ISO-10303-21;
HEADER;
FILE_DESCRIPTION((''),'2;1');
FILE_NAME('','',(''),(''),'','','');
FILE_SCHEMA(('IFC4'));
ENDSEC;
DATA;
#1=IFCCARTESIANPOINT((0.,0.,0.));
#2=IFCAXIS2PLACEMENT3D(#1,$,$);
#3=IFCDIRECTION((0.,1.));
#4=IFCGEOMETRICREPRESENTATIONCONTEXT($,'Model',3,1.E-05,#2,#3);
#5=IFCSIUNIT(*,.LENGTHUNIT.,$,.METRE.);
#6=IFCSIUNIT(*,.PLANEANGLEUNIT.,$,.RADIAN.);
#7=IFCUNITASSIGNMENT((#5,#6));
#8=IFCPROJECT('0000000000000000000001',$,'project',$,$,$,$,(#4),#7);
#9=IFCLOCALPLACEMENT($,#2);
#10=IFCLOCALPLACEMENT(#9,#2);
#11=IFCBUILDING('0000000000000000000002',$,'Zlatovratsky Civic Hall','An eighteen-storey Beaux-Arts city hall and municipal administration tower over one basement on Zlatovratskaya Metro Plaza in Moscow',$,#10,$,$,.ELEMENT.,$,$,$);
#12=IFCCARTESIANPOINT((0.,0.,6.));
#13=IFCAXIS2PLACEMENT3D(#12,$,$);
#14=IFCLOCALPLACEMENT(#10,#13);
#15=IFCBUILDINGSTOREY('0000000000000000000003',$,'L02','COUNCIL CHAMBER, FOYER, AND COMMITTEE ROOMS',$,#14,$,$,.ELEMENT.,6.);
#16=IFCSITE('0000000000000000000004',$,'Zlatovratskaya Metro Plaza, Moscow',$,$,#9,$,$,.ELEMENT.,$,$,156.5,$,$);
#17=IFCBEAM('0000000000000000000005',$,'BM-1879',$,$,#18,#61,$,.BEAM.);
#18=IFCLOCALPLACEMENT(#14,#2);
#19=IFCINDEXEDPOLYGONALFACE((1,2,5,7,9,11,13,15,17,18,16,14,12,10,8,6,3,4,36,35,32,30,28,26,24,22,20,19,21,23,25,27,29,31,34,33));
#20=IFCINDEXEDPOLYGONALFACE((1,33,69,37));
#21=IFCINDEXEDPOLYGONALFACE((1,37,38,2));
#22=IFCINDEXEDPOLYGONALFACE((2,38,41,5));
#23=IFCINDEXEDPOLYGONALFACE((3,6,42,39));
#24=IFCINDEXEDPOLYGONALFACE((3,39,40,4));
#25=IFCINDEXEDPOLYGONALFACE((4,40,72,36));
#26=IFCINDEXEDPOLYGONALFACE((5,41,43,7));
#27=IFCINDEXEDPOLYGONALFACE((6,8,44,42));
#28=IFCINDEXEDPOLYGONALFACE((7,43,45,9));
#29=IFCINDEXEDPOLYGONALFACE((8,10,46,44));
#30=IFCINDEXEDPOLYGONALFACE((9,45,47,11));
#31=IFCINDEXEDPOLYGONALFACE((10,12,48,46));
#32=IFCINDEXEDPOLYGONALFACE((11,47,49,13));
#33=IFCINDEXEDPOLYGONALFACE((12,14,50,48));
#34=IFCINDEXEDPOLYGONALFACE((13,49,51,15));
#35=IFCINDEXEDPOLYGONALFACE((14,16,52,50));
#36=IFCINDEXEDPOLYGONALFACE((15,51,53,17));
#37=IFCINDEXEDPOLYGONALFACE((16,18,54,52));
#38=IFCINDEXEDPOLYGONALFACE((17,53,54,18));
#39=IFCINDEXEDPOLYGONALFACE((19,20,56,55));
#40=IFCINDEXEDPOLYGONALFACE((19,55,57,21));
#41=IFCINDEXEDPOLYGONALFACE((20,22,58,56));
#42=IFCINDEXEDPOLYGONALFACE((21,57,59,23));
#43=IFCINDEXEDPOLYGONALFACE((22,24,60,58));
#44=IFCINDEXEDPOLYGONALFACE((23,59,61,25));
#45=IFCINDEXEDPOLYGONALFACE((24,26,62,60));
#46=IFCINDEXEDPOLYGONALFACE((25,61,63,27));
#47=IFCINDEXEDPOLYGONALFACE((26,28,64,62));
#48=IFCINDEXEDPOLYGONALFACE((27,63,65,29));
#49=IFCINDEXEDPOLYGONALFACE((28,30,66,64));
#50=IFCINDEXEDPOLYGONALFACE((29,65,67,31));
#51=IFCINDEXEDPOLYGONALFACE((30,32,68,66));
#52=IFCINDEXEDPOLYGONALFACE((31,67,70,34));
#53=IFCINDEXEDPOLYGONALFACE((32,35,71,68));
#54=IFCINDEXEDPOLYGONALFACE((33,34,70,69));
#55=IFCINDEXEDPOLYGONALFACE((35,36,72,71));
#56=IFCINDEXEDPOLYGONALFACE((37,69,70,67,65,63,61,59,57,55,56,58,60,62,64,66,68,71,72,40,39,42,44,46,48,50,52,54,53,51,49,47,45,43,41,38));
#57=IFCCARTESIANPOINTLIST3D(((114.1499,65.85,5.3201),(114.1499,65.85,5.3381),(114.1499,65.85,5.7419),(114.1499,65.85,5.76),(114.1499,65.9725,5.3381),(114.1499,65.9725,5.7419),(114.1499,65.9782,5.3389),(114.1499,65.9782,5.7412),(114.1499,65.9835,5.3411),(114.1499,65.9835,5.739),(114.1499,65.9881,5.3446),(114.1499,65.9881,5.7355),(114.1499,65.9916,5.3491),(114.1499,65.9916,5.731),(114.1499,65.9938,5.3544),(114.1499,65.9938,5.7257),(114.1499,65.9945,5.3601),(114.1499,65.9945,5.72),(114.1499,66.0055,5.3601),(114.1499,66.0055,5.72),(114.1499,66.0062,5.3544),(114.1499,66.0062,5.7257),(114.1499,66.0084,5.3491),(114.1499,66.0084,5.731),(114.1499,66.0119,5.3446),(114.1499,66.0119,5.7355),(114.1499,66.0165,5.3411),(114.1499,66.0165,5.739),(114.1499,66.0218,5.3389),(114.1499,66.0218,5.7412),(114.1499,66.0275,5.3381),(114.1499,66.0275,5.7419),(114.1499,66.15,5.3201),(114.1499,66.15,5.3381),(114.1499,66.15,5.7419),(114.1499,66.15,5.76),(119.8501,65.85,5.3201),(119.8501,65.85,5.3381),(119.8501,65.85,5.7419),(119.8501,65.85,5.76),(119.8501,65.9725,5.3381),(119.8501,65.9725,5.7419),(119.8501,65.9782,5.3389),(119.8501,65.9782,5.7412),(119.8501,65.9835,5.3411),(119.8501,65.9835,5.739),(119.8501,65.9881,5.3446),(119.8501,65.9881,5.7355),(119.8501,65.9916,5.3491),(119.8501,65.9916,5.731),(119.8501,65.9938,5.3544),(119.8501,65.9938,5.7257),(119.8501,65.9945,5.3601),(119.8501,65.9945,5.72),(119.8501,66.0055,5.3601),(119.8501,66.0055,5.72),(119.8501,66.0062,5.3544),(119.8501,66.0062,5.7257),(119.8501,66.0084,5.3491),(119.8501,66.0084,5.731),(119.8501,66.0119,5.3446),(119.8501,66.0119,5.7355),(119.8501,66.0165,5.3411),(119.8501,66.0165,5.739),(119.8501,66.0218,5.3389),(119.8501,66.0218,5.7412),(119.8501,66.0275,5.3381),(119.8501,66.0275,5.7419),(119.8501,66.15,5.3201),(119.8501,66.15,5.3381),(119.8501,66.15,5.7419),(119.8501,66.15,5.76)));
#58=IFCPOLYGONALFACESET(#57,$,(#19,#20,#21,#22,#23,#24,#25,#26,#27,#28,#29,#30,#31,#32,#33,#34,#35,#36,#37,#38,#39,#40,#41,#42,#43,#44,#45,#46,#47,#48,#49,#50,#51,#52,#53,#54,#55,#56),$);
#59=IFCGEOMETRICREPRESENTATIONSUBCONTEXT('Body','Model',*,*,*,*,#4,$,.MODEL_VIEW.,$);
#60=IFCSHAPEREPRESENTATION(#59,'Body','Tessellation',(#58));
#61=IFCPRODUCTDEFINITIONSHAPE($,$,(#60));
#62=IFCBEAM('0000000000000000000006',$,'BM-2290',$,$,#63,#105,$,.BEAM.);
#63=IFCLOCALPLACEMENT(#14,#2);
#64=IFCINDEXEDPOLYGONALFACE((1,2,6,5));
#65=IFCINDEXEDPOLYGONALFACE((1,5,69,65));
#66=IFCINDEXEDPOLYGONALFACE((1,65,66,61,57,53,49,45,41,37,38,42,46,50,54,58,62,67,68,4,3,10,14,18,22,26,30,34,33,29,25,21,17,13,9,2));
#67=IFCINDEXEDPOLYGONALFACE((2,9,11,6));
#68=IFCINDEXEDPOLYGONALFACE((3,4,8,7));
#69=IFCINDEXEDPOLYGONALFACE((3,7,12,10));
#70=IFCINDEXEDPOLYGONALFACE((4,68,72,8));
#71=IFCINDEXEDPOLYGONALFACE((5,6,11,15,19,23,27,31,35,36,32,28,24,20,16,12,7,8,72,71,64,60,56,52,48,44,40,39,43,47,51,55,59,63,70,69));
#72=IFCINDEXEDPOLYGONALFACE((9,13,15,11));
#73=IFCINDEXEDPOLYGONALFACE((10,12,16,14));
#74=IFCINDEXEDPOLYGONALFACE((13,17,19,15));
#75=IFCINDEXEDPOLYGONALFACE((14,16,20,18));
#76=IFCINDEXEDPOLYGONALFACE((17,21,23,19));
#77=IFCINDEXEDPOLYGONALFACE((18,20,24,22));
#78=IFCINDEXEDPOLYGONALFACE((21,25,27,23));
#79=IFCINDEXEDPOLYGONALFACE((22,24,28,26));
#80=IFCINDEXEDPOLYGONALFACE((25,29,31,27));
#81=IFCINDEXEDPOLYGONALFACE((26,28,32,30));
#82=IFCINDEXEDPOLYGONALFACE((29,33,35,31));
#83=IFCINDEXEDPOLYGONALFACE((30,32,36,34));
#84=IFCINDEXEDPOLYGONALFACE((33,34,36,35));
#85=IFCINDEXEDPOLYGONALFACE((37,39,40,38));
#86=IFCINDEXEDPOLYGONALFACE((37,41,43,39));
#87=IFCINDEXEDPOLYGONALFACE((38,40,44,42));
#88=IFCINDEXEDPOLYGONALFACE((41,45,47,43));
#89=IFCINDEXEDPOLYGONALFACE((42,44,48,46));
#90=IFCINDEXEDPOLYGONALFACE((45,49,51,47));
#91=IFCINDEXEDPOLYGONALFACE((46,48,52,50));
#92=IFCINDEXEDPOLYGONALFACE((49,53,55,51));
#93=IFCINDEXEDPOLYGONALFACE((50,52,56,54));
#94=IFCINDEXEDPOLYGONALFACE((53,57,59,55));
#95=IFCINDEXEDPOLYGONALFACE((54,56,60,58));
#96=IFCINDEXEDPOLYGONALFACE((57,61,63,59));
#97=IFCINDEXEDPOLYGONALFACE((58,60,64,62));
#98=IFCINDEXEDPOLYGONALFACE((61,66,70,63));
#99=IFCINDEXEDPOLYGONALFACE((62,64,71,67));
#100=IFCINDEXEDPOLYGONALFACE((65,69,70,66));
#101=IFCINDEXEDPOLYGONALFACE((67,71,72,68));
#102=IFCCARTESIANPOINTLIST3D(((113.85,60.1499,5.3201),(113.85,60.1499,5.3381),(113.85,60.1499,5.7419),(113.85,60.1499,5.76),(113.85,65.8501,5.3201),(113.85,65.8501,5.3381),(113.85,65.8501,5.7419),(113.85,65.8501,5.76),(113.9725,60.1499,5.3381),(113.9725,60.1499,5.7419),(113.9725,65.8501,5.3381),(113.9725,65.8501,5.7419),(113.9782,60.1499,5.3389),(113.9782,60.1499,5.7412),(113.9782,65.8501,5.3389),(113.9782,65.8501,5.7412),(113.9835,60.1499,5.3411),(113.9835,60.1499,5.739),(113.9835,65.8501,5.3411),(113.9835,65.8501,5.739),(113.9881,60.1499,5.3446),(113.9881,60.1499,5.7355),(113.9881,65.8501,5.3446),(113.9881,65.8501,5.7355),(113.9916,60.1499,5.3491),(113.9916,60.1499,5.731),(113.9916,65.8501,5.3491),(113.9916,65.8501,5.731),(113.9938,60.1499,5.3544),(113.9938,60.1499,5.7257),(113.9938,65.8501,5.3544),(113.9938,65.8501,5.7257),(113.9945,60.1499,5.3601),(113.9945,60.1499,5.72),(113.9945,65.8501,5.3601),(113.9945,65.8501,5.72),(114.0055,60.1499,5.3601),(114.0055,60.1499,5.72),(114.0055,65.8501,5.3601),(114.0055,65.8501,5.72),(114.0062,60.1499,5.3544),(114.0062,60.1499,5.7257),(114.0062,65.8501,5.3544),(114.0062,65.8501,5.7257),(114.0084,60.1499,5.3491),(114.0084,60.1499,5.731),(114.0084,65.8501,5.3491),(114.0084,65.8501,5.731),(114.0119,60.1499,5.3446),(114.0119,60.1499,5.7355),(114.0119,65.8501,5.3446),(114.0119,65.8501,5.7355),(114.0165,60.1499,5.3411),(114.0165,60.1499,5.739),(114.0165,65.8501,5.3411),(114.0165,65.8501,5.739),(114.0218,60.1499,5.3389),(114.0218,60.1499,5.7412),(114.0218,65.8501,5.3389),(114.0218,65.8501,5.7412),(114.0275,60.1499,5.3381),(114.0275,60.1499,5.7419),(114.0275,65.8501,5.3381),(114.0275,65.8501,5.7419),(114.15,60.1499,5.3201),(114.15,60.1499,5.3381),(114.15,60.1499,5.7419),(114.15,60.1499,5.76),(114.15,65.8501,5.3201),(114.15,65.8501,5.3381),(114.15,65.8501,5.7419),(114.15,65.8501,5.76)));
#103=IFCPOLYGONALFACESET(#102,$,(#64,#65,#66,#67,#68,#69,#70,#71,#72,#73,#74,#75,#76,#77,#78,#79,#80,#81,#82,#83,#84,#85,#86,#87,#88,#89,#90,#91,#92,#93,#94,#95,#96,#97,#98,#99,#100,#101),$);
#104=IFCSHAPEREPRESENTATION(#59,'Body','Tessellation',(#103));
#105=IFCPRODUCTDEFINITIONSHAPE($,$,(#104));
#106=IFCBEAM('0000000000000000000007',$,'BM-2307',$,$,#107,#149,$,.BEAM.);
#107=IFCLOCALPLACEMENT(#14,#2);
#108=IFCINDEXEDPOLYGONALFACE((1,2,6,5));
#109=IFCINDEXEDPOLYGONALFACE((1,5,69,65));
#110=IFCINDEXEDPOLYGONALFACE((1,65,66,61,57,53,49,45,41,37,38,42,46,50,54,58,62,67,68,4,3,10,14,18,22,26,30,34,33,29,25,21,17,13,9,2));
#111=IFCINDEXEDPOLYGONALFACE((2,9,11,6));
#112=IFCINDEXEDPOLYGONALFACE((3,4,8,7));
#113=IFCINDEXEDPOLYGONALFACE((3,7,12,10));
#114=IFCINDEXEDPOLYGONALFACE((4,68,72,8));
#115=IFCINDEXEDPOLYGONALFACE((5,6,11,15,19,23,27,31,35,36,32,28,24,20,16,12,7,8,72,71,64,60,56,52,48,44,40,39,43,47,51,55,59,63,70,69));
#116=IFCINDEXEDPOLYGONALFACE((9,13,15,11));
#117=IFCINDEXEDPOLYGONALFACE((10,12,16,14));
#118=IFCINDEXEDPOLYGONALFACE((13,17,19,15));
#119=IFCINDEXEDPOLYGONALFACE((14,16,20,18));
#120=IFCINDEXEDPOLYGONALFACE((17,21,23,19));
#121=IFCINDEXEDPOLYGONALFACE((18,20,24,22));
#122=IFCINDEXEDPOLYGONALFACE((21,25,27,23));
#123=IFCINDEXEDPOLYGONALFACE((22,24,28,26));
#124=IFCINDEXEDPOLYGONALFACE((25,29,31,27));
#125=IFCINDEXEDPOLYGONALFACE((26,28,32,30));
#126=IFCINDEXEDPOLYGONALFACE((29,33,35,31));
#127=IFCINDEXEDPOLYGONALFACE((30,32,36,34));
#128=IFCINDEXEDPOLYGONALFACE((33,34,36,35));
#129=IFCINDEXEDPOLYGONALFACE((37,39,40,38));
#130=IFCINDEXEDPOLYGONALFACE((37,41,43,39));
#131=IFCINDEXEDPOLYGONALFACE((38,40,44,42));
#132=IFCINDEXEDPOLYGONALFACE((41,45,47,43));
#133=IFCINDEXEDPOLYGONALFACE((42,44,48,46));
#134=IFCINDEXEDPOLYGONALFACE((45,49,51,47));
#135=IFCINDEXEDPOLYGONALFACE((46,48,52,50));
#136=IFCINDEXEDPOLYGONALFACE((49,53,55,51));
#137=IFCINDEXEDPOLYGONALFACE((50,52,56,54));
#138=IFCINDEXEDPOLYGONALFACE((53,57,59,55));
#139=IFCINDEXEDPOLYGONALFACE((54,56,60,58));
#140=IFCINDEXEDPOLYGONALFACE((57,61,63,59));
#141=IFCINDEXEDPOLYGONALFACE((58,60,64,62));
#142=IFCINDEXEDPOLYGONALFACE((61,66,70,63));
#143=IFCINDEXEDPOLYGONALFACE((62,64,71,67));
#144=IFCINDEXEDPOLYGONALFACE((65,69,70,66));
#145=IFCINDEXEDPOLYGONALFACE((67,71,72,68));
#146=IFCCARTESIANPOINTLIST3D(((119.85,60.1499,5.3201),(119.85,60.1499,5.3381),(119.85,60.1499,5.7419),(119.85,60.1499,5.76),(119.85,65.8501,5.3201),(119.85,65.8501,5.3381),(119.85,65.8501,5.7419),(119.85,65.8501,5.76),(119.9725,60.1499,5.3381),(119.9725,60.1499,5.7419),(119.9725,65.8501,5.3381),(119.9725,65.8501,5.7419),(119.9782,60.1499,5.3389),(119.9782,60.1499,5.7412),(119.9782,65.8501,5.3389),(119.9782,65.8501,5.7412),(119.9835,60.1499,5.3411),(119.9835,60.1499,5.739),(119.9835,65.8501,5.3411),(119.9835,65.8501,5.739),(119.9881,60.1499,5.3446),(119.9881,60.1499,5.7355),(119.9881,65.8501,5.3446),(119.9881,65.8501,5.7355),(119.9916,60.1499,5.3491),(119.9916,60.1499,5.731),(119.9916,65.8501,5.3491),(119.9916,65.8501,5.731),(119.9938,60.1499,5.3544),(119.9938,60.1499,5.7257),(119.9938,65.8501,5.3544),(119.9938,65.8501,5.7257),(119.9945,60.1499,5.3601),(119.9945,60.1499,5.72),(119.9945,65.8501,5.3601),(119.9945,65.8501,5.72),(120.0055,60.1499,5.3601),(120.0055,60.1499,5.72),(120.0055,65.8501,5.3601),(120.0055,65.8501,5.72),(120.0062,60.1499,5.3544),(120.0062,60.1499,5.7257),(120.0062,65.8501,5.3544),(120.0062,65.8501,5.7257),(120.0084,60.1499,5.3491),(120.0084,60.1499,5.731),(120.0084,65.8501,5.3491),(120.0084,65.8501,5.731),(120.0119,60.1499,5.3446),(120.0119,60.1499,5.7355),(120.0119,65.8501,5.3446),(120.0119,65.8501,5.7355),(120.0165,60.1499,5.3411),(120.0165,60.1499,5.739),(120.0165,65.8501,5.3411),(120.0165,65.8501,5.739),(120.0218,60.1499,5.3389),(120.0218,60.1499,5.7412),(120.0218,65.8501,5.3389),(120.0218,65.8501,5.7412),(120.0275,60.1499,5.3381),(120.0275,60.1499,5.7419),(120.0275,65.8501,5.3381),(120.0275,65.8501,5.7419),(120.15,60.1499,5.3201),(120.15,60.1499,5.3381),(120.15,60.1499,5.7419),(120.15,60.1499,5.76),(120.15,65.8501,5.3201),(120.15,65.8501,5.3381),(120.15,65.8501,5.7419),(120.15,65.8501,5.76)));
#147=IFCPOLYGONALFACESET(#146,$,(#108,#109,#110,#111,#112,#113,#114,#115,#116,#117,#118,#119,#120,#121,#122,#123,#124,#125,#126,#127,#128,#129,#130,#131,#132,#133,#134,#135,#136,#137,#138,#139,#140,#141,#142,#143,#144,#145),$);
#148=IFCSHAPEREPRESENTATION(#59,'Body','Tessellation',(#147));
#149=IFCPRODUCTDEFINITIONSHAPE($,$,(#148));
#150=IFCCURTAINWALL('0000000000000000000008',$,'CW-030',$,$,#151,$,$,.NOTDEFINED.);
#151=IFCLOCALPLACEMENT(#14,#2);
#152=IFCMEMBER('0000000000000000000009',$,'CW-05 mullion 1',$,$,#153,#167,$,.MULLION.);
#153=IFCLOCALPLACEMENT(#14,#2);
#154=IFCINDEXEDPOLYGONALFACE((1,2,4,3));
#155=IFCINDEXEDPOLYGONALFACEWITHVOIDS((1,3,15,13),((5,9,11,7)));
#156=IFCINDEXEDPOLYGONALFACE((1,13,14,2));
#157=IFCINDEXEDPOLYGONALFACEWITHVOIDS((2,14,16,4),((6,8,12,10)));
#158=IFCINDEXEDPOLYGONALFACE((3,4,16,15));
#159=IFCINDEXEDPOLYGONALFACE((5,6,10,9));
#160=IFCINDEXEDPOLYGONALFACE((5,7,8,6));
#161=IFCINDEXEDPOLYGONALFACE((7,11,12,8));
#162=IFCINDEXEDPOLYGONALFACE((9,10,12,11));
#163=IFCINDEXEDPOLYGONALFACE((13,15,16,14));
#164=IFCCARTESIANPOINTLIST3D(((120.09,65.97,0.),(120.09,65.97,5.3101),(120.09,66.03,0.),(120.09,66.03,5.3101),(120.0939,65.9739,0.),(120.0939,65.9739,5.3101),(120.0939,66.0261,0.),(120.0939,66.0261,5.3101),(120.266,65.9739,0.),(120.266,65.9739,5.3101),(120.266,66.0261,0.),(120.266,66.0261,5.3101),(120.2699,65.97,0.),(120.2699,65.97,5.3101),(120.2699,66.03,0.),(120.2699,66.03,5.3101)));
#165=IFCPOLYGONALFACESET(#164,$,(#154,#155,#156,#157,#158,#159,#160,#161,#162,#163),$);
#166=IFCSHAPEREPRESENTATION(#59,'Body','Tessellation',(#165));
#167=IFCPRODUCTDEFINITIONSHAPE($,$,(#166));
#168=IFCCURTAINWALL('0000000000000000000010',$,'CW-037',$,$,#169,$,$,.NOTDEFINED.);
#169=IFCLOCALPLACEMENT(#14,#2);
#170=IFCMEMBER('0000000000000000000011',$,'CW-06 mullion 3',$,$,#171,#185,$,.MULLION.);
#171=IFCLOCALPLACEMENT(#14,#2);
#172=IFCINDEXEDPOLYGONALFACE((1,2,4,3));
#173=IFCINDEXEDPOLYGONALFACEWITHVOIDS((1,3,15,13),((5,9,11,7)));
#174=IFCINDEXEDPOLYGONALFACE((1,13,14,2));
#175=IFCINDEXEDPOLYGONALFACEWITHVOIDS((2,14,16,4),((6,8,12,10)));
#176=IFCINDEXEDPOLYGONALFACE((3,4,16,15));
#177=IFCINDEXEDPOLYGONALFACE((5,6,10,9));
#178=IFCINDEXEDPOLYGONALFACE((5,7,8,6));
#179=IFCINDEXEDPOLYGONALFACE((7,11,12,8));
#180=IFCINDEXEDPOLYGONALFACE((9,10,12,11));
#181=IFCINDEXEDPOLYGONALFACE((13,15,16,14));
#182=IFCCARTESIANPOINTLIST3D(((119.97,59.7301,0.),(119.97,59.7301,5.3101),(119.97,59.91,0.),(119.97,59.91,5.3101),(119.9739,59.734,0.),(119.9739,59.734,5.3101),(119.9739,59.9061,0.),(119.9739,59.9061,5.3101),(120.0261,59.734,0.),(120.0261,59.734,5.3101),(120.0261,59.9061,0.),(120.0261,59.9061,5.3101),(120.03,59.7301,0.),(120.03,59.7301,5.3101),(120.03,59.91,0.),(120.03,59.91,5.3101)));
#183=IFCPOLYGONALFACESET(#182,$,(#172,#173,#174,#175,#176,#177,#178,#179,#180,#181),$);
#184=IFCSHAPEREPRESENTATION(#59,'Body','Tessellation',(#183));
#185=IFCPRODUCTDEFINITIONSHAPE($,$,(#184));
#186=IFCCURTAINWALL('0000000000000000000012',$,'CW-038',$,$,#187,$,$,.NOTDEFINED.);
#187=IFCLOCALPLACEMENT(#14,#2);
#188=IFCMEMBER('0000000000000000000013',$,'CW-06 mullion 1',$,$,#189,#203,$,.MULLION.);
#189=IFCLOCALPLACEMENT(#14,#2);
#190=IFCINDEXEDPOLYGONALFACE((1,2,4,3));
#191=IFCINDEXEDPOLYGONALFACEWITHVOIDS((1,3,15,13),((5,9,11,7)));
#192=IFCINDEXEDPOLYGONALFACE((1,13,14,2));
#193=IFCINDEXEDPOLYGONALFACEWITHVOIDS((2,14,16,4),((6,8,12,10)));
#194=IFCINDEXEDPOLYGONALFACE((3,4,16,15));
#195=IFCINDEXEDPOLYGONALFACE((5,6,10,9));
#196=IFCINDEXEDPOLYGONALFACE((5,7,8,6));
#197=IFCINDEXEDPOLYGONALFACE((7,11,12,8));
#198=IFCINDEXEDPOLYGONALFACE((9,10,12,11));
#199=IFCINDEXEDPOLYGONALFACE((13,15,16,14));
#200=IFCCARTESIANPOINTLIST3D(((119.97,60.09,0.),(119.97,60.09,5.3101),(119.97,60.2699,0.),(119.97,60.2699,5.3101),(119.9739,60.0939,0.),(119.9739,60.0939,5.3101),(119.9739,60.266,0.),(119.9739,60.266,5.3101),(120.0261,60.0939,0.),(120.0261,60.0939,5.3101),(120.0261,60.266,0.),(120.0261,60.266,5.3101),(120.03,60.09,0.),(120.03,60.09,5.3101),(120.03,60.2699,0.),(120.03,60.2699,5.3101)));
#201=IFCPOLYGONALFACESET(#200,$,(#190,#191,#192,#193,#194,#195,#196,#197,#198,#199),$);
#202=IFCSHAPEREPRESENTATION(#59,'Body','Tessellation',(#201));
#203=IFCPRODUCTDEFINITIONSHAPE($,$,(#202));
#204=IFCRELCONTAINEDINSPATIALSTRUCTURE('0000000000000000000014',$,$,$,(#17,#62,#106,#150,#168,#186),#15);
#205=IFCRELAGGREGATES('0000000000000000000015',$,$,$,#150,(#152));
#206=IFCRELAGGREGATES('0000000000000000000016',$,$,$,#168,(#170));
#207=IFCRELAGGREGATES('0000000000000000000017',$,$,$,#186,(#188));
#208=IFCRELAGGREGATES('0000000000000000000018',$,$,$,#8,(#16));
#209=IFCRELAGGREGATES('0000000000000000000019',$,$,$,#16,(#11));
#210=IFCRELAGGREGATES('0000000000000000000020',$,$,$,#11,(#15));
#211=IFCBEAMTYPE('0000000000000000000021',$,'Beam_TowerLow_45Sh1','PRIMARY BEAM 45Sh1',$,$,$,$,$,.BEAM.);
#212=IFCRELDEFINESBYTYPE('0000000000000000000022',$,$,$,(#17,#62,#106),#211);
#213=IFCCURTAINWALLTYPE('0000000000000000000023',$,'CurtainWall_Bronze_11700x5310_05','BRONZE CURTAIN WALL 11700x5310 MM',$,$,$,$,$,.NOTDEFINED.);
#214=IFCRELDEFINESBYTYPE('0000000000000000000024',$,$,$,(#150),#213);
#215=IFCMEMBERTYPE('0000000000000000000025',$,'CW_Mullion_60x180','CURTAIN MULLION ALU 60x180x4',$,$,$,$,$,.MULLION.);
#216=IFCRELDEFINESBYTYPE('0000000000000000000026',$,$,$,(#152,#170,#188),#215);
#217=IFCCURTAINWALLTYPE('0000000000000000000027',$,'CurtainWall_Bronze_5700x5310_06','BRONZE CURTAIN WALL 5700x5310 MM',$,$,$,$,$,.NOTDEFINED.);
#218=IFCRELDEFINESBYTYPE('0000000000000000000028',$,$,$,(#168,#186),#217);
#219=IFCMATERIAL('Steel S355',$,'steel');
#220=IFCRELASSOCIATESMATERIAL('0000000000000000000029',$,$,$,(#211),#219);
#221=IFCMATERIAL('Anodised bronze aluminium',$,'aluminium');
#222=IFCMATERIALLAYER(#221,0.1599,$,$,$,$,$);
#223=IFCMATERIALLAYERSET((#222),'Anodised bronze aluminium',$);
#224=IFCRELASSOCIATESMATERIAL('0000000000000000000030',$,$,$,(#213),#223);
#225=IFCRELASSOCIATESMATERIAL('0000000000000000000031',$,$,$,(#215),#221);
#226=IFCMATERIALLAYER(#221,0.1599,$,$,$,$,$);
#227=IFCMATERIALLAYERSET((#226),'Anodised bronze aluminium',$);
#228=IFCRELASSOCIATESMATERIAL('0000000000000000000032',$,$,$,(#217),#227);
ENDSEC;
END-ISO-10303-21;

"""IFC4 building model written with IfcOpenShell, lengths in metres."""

from ifc_helpers import new_model, si_unit, direction, frame, origin, origin_2d, place, context, subcontext, project, spatial, hollow_rectangle, i_section, extrude, material, layer, layer_set, material_profile, profile_set, type_object, element, aggregate, save


model = new_model("IFC4")

# Units and contexts
model_context = context("Model", 3, precision=1e-05, world=origin(), true_north=direction((0.0, 1.0)))
body_context = subcontext(model_context, "Body", "Model", "MODEL_VIEW")
ifc_project = project(units=[si_unit("LENGTHUNIT", "METRE"), si_unit("PLANEANGLEUNIT", "RADIAN")], contexts=[model_context])

# Site, building, storey
site_placement = place(None, origin())
site = spatial("IfcSite", under=ifc_project, at=site_placement, Name="Zlatovratskaya Metro Plaza, Moscow", CompositionType="ELEMENT", RefElevation=156.5)
building_placement = place(site_placement, origin())
building = spatial("IfcBuilding", under=site, at=building_placement, Name="Zlatovratsky Civic Hall", Description="An eighteen-storey Beaux-Arts city hall and municipal administration tower over one basement on Zlatovratskaya Metro Plaza in Moscow", CompositionType="ELEMENT")
storey_placement = place(building_placement, frame((0.0, 0.0, 6.0)))
storey = spatial("IfcBuildingStorey", under=building, at=storey_placement, Name="L02", Description="COUNCIL CHAMBER, FOYER, AND COMMITTEE ROOMS", CompositionType="ELEMENT", Elevation=6.0)

# Shared definitions
ifc_material_1 = material(Name="Steel S355", Category="steel")

# Beams
ifc_material_profile_1 = material_profile(ifc_material_1, i_section(OverallWidth=0.3, OverallDepth=0.4399, WebThickness=0.011, FlangeThickness=0.0181, FilletRadius=0.022, at=origin_2d()), Name="45Sh1")
ifc_profile_set_1 = profile_set([ifc_material_profile_1], Name="Steel S355")
beam_type_1 = type_object("IfcBeamType", Name="Beam_TowerLow_45Sh1", Description="PRIMARY BEAM 45Sh1", PredefinedType="BEAM", material=ifc_profile_set_1)
for number, where, z_axis, x_axis, name in (
    (1, (114.1499, 66.0, 5.54), (1.0, 0.0, 0.0), (0.0, 1.0, 0.0), "BM-1879"),
    (2, (114.0, 60.1499, 5.54), (0.0, 1.0, 0.0), (-1.0, 0.0, 0.0), "BM-2290"),
    (3, (120.0, 60.1499, 5.54), (0.0, 1.0, 0.0), (-1.0, 0.0, 0.0), "BM-2307"),
):
    element("IfcBeam", number, at=place(storey_placement, frame(where, z_axis=z_axis, x_axis=x_axis)), inside=storey, type_object=beam_type_1, Name=name, PredefinedType="BEAM", context=body_context, shape_type="SweptSolid", body=[
        extrude(i_section(OverallWidth=0.3, OverallDepth=0.4399, WebThickness=0.011, FlangeThickness=0.0181, FilletRadius=0.022, at=origin_2d()), origin(), (0.0, 0.0, 1.0), 5.7002),
    ])

# Curtain walls, members
ifc_material_2 = material(Name="Anodised bronze aluminium", Category="aluminium")
ifc_layer_1 = layer(ifc_material_2, 0.1599)
ifc_layer_set_1 = layer_set([ifc_layer_1], Name="Anodised bronze aluminium")
curtain_wall_type_1 = type_object("IfcCurtainWallType", Name="CurtainWall_Bronze_11700x5310_05", Description="BRONZE CURTAIN WALL 11700x5310 MM", PredefinedType="NOTDEFINED", material=ifc_layer_set_1)
curtain_wall_1_placement = place(storey_placement, origin())
curtain_wall_1 = element("IfcCurtainWall", 4, at=curtain_wall_1_placement, inside=storey, type_object=curtain_wall_type_1, Name="CW-030", PredefinedType="NOTDEFINED")
ifc_material_profile_2 = material_profile(ifc_material_2, hollow_rectangle(XDim=0.0601, YDim=0.1799, WallThickness=0.0039, at=origin_2d()), Name="ALU 60x180x4")
ifc_profile_set_2 = profile_set([ifc_material_profile_2], Name="Anodised bronze aluminium")
member_type_1 = type_object("IfcMemberType", Name="CW_Mullion_60x180", Description="CURTAIN MULLION ALU 60x180x4", PredefinedType="MULLION", material=ifc_profile_set_2)
member_1_placement = place(storey_placement, frame((120.1799, 66.0, 0.0), z_axis=(0.0, 0.0, 1.0), x_axis=(0.0, 1.0, 0.0)))
member_1 = element("IfcMember", 5, at=member_1_placement, type_object=member_type_1, Name="CW-05 mullion 1", PredefinedType="MULLION", context=body_context, shape_type="SweptSolid", body=[
    extrude(hollow_rectangle(XDim=0.0601, YDim=0.1799, WallThickness=0.0039, at=origin_2d()), origin(), (0.0, 0.0, 1.0), 5.3101),
])
aggregate(curtain_wall_1, [member_1])
ifc_layer_2 = layer(ifc_material_2, 0.1599)
ifc_layer_set_2 = layer_set([ifc_layer_2], Name="Anodised bronze aluminium")
curtain_wall_type_2 = type_object("IfcCurtainWallType", Name="CurtainWall_Bronze_5700x5310_06", Description="BRONZE CURTAIN WALL 5700x5310 MM", PredefinedType="NOTDEFINED", material=ifc_layer_set_2)
curtain_wall_2_placement = place(storey_placement, origin())
curtain_wall_2 = element("IfcCurtainWall", 6, at=curtain_wall_2_placement, inside=storey, type_object=curtain_wall_type_2, Name="CW-037", PredefinedType="NOTDEFINED")
member_2_placement = place(storey_placement, frame((120.0, 59.8201, 0.0), z_axis=(0.0, 0.0, 1.0), x_axis=(-1.0, 0.0, 0.0)))
member_2 = element("IfcMember", 7, at=member_2_placement, type_object=member_type_1, Name="CW-06 mullion 3", PredefinedType="MULLION", context=body_context, shape_type="SweptSolid", body=[
    extrude(hollow_rectangle(XDim=0.0601, YDim=0.1799, WallThickness=0.0039, at=origin_2d()), origin(), (0.0, 0.0, 1.0), 5.3101),
])

# Curtain wall, member
curtain_wall_3_placement = place(storey_placement, origin())
curtain_wall_3 = element("IfcCurtainWall", 8, at=curtain_wall_3_placement, inside=storey, type_object=curtain_wall_type_2, Name="CW-038", PredefinedType="NOTDEFINED")
member_3_placement = place(storey_placement, frame((120.0, 60.1799, 0.0), z_axis=(0.0, 0.0, 1.0), x_axis=(-1.0, 0.0, 0.0)))
member_3 = element("IfcMember", 9, at=member_3_placement, type_object=member_type_1, Name="CW-06 mullion 1", PredefinedType="MULLION", context=body_context, shape_type="SweptSolid", body=[
    extrude(hollow_rectangle(XDim=0.0601, YDim=0.1799, WallThickness=0.0039, at=origin_2d()), origin(), (0.0, 0.0, 1.0), 5.3101),
])

aggregate(curtain_wall_2, [member_2])
aggregate(curtain_wall_3, [member_3])

save(model, "model.ifc")
